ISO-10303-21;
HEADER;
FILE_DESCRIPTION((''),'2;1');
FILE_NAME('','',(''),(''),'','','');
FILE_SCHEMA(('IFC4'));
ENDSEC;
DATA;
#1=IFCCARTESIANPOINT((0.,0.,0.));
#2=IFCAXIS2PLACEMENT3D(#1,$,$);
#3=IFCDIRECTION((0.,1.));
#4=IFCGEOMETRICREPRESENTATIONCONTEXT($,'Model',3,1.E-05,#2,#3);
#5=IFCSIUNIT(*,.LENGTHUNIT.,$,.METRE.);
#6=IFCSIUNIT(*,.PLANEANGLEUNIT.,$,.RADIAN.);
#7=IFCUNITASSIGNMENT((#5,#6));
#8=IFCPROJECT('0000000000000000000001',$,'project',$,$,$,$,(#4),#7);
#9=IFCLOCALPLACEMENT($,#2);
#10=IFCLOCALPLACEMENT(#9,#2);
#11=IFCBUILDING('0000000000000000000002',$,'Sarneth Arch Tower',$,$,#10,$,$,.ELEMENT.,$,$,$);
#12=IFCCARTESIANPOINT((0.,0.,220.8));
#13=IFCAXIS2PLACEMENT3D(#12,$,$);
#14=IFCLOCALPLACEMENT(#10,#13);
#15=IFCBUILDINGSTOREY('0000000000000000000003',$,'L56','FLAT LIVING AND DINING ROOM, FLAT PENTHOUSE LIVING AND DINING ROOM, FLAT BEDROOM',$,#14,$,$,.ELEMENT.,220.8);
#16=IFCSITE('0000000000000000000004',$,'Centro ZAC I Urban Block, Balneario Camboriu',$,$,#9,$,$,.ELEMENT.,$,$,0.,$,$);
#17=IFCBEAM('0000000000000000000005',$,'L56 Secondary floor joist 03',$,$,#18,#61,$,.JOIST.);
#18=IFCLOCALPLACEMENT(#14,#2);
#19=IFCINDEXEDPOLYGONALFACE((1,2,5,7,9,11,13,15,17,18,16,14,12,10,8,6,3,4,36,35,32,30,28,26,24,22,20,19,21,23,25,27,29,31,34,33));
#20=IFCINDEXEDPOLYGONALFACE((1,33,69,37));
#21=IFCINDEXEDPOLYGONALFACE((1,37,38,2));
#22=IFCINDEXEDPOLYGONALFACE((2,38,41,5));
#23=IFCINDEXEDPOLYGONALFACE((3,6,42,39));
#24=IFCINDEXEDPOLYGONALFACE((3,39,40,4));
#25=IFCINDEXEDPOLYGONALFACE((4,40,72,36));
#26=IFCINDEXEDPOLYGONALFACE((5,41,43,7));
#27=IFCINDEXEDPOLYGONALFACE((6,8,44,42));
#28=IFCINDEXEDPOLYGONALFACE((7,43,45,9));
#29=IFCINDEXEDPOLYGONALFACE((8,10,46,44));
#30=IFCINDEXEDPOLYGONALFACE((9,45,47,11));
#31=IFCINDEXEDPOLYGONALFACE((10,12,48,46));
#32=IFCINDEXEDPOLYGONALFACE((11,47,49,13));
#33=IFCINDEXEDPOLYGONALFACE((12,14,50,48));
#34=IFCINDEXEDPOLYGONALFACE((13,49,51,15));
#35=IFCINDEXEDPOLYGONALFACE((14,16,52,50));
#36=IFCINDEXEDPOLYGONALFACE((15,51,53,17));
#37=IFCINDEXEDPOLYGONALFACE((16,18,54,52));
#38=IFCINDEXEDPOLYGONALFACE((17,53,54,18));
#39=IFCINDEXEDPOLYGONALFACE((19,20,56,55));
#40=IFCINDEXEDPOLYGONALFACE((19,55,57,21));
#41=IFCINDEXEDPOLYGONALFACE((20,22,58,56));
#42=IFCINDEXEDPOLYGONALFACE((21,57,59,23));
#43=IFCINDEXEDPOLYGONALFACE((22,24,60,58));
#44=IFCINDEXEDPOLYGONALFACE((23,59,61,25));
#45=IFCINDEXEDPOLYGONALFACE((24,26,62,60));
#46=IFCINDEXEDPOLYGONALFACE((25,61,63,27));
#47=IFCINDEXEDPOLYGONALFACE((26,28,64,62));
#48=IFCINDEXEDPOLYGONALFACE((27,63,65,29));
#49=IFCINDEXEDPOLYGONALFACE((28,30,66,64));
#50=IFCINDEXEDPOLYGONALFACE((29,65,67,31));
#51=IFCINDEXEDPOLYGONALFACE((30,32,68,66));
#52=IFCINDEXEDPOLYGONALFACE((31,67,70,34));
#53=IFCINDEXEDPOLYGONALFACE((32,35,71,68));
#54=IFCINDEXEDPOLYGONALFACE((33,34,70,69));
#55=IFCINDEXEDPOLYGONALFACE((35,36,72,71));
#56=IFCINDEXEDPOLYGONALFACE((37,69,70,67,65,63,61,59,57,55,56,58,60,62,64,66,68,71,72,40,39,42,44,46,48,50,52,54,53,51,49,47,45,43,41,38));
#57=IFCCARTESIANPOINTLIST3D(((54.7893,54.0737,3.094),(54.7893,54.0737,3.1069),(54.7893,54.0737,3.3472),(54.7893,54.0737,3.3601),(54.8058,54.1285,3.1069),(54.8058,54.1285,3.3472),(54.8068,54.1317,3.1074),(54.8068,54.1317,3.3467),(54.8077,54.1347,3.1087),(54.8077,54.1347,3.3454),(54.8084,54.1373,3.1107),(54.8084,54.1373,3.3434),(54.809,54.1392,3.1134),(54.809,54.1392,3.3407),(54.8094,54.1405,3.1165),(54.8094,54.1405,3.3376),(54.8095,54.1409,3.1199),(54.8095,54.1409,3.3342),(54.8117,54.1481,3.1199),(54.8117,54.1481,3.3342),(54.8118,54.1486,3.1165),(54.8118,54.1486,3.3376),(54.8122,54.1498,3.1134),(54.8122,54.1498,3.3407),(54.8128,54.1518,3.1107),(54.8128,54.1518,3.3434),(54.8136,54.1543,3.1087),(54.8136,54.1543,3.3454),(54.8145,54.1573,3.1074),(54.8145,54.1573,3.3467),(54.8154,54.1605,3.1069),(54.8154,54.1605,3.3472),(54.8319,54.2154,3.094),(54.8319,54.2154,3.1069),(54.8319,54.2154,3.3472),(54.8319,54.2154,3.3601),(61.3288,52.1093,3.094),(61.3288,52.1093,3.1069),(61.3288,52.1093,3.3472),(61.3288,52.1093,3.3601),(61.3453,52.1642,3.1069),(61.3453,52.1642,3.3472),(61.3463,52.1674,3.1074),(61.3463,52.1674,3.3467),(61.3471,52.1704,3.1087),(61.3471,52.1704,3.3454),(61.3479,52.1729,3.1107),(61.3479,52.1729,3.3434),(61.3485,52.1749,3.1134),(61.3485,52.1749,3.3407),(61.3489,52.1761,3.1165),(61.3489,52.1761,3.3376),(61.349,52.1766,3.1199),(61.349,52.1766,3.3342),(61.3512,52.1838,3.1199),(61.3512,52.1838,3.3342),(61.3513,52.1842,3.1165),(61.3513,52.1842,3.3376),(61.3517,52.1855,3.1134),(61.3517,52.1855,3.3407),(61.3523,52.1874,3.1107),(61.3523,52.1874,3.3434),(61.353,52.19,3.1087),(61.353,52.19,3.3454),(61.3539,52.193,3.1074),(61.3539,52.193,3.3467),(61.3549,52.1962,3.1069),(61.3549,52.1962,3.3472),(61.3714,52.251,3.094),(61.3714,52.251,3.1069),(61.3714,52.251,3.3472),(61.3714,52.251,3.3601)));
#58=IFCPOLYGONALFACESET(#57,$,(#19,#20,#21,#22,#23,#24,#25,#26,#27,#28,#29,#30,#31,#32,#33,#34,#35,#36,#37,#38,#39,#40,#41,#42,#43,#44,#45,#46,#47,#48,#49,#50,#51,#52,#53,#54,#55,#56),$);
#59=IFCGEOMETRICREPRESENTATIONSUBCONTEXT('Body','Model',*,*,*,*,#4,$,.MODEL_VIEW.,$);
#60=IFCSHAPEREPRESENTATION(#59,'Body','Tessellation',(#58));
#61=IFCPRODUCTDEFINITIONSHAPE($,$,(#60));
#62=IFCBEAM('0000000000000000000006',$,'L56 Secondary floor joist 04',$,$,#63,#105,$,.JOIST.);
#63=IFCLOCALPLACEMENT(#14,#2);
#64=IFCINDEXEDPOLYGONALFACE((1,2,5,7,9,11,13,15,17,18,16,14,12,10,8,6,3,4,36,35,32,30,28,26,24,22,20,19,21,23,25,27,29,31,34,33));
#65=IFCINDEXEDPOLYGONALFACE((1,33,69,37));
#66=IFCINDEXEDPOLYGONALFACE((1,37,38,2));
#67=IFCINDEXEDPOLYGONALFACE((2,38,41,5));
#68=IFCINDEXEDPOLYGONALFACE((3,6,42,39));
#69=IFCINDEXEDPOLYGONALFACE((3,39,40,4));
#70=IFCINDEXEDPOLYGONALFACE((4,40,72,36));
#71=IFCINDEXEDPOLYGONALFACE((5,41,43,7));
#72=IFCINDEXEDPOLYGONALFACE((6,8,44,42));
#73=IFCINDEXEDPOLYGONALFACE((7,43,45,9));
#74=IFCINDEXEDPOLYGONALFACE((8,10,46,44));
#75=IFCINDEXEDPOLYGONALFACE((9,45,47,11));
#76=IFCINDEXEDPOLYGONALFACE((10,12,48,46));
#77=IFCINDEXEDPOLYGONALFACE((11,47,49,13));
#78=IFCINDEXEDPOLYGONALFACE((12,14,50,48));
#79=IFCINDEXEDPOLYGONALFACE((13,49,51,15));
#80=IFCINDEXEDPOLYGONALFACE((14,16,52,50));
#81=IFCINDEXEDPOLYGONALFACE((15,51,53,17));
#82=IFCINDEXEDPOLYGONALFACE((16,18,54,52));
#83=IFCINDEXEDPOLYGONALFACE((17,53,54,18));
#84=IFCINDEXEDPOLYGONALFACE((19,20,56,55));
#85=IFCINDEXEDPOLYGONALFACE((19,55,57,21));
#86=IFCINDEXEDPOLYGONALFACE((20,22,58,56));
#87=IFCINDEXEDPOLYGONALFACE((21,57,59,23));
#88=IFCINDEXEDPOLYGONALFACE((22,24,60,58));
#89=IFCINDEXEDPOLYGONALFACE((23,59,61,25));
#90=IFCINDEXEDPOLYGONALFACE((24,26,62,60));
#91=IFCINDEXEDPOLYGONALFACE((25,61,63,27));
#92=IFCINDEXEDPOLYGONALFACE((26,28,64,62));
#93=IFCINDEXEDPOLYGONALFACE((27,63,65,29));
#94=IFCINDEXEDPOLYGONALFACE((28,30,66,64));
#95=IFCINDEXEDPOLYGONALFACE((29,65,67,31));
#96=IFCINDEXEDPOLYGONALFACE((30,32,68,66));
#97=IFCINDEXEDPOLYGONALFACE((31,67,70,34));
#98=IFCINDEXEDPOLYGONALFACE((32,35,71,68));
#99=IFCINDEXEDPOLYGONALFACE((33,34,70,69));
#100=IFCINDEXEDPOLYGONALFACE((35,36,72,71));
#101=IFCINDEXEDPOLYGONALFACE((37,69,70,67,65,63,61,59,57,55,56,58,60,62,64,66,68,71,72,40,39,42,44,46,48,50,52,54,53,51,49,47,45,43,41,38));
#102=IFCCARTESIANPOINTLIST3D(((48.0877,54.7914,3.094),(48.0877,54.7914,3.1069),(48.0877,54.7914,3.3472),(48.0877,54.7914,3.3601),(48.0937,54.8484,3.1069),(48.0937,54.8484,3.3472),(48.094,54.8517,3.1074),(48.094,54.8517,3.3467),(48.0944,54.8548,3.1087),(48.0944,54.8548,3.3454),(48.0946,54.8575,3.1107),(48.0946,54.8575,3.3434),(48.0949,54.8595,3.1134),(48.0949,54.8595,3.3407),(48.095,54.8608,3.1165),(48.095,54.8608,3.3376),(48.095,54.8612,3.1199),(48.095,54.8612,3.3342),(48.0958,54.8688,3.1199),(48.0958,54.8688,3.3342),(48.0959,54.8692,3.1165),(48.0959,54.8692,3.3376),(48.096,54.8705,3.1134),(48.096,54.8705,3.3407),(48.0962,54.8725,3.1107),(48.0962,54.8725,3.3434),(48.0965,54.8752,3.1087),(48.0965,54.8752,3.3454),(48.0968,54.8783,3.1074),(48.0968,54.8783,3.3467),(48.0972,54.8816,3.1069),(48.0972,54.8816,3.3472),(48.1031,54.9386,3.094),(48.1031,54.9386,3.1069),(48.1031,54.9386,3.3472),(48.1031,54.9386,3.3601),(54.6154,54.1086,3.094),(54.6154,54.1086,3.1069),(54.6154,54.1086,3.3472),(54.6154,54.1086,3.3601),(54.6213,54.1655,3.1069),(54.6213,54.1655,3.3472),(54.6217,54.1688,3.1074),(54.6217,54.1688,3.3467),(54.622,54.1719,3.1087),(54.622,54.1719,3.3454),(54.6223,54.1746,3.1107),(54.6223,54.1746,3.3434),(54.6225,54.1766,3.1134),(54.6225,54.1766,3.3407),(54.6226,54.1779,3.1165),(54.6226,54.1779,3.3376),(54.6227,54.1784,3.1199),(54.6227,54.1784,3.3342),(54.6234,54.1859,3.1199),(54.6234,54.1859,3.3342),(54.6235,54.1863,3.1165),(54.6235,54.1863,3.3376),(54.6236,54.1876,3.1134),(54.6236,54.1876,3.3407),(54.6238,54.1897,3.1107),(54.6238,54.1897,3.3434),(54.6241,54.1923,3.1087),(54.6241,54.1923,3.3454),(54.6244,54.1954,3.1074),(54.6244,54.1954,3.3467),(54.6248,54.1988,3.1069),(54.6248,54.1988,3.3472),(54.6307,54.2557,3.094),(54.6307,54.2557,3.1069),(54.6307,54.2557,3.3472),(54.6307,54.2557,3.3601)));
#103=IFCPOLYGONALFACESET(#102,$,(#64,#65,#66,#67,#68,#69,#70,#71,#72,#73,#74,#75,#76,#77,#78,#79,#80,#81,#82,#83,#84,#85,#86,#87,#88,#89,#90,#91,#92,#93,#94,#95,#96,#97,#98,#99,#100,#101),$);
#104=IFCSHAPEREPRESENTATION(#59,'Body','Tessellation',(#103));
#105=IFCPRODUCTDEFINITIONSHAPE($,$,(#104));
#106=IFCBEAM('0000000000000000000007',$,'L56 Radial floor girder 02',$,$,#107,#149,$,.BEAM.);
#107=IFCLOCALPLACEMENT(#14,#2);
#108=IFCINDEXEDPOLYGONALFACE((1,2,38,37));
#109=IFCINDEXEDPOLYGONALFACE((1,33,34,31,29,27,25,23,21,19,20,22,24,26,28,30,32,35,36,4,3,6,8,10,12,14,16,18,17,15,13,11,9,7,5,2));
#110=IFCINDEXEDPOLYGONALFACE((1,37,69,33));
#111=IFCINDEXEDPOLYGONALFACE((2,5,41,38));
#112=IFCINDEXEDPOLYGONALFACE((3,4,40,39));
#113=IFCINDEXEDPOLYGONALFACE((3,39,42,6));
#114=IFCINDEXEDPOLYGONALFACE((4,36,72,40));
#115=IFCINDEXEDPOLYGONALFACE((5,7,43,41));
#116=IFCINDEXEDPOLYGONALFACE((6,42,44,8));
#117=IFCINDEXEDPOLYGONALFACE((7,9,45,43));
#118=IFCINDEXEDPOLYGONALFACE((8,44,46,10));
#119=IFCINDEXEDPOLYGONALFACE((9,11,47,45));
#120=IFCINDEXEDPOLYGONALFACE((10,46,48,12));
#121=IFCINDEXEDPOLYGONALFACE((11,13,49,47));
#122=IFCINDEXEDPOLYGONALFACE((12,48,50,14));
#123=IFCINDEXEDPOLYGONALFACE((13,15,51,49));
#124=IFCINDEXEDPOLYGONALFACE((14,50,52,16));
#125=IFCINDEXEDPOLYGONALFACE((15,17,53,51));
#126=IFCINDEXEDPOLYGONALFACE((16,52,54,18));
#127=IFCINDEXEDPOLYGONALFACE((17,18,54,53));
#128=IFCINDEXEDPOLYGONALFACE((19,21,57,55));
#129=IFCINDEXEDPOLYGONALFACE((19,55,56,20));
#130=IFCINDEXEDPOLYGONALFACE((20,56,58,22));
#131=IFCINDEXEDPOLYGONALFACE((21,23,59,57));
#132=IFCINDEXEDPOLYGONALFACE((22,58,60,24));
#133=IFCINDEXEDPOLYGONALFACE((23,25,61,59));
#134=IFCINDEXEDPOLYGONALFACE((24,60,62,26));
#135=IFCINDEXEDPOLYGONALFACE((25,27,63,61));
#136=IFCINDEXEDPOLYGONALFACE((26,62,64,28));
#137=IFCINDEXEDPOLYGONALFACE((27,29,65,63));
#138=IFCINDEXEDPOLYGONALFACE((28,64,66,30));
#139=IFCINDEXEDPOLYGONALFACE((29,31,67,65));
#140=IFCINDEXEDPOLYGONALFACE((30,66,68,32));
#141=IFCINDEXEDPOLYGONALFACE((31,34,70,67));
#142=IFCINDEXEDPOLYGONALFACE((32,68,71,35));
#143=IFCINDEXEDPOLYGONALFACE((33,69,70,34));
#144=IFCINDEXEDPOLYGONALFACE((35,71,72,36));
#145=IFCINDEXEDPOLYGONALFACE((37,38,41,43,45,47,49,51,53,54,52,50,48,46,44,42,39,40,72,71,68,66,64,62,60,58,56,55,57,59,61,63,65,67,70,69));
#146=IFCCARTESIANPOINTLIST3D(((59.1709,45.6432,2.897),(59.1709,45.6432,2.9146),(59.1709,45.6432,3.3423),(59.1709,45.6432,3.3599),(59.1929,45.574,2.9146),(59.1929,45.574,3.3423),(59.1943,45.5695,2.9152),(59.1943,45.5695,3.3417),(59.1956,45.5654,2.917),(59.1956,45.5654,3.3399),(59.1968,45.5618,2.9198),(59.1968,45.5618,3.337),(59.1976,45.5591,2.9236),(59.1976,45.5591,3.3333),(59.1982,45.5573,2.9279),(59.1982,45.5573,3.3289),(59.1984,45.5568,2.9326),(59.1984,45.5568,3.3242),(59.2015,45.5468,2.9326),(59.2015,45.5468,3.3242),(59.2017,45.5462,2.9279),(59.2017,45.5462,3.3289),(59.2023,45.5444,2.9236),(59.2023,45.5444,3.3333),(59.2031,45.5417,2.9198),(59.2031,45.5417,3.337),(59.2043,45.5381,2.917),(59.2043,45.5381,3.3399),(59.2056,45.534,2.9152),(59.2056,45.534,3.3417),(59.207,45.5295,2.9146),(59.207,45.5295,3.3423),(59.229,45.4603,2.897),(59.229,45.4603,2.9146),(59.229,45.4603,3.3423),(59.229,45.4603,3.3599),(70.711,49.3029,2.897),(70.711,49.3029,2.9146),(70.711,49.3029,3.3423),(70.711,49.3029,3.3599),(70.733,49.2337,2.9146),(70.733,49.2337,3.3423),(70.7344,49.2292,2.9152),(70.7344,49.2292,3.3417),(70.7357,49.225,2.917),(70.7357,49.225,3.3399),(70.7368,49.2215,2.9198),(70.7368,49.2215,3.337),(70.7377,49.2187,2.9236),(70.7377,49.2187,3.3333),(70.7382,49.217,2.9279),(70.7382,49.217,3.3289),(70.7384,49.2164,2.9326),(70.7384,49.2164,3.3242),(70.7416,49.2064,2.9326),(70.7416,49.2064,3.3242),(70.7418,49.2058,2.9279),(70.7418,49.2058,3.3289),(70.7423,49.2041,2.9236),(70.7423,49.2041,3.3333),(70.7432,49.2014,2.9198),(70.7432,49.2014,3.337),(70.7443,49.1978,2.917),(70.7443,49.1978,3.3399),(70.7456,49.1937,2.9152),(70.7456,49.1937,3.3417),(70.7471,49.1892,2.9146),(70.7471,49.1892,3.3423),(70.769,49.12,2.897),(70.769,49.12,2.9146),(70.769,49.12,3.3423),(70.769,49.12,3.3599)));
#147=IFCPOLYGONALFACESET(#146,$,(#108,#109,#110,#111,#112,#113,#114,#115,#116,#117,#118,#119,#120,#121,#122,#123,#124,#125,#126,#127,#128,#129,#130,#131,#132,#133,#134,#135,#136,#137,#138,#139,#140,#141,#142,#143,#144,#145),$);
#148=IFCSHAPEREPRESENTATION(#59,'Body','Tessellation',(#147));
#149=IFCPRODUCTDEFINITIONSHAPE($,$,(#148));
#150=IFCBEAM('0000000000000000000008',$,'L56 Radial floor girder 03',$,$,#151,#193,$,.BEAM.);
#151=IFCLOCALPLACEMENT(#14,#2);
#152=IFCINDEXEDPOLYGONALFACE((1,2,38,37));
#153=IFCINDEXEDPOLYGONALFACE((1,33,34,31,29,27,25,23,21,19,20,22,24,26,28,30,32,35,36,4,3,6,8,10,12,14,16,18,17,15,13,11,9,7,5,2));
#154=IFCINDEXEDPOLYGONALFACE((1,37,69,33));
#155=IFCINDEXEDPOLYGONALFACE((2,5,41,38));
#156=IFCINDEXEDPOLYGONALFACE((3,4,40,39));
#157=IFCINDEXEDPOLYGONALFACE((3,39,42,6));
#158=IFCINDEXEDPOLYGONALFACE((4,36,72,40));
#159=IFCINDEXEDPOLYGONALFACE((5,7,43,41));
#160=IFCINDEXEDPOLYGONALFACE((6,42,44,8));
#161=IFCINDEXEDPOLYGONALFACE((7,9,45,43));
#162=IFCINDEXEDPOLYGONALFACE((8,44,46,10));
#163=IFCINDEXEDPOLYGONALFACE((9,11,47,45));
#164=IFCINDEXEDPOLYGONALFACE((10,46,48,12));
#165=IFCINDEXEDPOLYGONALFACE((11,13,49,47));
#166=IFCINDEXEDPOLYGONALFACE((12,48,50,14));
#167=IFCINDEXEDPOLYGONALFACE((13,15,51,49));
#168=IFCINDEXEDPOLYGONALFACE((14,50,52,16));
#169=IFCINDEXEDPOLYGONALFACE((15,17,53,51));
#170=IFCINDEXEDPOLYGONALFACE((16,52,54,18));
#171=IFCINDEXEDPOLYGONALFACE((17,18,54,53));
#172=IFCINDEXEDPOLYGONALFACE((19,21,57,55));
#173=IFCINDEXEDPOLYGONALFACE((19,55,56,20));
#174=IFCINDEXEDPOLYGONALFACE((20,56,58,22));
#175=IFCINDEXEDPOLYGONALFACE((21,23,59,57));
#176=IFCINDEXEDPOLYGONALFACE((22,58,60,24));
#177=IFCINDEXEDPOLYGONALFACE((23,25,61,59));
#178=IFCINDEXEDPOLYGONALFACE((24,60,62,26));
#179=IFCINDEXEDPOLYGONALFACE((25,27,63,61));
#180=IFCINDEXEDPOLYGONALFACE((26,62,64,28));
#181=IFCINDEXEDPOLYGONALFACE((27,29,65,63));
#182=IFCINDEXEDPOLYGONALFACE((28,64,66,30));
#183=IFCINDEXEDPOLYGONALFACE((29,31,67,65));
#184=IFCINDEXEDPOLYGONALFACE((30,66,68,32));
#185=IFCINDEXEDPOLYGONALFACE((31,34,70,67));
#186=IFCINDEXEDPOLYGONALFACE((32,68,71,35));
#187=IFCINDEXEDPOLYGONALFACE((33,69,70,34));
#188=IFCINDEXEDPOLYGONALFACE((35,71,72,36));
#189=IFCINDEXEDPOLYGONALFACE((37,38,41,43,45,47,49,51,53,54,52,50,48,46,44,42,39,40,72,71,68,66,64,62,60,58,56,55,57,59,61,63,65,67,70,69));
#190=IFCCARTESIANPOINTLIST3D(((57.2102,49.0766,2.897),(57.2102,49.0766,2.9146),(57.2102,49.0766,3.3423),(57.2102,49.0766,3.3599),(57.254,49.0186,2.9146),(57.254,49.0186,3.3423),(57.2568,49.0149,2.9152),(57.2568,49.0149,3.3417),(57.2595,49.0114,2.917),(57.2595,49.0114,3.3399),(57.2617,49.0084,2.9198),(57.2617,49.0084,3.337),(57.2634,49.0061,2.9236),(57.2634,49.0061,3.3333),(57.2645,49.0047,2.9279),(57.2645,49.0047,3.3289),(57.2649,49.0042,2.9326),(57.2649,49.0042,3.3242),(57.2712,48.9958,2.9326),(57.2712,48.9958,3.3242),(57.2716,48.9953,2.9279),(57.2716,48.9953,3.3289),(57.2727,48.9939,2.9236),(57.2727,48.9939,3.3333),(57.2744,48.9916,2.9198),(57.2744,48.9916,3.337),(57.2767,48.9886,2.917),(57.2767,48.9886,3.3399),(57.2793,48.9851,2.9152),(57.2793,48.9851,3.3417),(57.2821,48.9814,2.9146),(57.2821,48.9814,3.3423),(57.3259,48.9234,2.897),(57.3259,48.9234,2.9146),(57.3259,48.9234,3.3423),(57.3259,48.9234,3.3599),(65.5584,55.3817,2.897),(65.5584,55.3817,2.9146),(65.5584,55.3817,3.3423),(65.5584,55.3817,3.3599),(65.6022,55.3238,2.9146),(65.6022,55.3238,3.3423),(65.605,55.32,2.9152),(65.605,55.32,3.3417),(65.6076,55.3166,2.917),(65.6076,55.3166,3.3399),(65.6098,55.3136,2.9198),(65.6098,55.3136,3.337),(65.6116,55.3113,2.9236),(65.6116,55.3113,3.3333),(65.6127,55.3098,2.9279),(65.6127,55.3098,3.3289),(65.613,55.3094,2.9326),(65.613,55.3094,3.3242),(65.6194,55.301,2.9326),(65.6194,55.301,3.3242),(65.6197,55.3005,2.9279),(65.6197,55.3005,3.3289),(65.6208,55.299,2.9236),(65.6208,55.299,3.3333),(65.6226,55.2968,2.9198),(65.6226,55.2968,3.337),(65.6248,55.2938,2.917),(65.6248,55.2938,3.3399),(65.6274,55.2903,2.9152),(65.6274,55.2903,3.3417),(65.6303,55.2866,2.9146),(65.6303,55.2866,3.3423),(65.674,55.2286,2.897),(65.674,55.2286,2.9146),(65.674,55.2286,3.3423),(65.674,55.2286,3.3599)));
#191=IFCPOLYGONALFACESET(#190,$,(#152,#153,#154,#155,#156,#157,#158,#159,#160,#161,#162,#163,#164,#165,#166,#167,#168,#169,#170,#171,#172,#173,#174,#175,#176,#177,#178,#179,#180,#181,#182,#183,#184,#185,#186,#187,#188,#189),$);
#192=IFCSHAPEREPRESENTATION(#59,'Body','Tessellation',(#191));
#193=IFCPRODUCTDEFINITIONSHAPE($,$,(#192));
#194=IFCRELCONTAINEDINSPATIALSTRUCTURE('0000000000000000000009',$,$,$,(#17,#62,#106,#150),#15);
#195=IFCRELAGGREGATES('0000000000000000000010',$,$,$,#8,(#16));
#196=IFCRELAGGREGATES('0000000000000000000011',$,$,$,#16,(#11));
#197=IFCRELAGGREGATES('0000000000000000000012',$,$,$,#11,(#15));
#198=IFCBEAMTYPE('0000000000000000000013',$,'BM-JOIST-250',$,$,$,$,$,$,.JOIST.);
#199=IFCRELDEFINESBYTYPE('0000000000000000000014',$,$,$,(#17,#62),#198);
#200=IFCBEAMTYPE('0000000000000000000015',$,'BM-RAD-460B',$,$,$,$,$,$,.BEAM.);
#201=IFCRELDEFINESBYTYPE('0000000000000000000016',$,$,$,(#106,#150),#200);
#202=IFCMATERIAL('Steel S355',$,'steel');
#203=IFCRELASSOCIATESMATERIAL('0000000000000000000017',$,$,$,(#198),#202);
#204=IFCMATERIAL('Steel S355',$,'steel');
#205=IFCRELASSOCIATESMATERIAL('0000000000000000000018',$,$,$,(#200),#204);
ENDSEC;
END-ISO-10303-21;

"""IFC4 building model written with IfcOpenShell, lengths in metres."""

from ifc_helpers import new_model, si_unit, direction, frame, origin, origin_2d, place, context, subcontext, project, spatial, i_section, extrude, material, material_profile, profile_set, type_object, element, save


model = new_model("IFC4")

# Units and contexts
model_context = context("Model", 3, precision=1e-05, world=origin(), true_north=direction((0.0, 1.0)))
body_context = subcontext(model_context, "Body", "Model", "MODEL_VIEW")
ifc_project = project(units=[si_unit("LENGTHUNIT", "METRE"), si_unit("PLANEANGLEUNIT", "RADIAN")], contexts=[model_context])

# Site, building, storey
site_placement = place(None, origin())
site = spatial("IfcSite", under=ifc_project, at=site_placement, Name="Centro ZAC I Urban Block, Balneario Camboriu", CompositionType="ELEMENT", RefElevation=0.0)
building_placement = place(site_placement, origin())
building = spatial("IfcBuilding", under=site, at=building_placement, Name="Sarneth Arch Tower", CompositionType="ELEMENT")
storey_placement = place(building_placement, frame((0.0, 0.0, 220.8)))
storey = spatial("IfcBuildingStorey", under=building, at=storey_placement, Name="L56", Description="FLAT LIVING AND DINING ROOM, FLAT PENTHOUSE LIVING AND DINING ROOM, FLAT BEDROOM", CompositionType="ELEMENT", Elevation=220.8)

# Beams
ifc_material_1 = material(Name="Steel S355", Category="steel")
ifc_material_profile_1 = material_profile(ifc_material_1, i_section(OverallWidth=0.1479, OverallDepth=0.2661, WebThickness=0.0076, FlangeThickness=0.0129, FilletRadius=0.0129, at=origin_2d()), Name="W250x44.8")
ifc_profile_set_1 = profile_set([ifc_material_profile_1], Name="Steel S355")
beam_type_1 = type_object("IfcBeamType", Name="BM-JOIST-250", PredefinedType="JOIST", material=ifc_profile_set_1)
beam_1_placement = place(storey_placement, frame((61.3501, 52.1802, 3.2271), z_axis=(-0.957726, 0.287682, 0.0), x_axis=(-0.287682, -0.957726, 0.0)))
element("IfcBeam", 1, at=beam_1_placement, inside=storey, type_object=beam_type_1, Name="L56 Secondary floor joist 03", PredefinedType="JOIST", context=body_context, shape_type="SweptSolid", body=[
    extrude(i_section(OverallWidth=0.1479, OverallDepth=0.2661, WebThickness=0.0076, FlangeThickness=0.0129, FilletRadius=0.0129, at=origin_2d()), origin(), (0.0, 0.0, 1.0), 6.8281),
])
beam_2_placement = place(storey_placement, frame((54.623, 54.1821, 3.2271), z_axis=(-0.994573, 0.104044, 0.0), x_axis=(-0.104044, -0.994573, 0.0)))
element("IfcBeam", 2, at=beam_2_placement, inside=storey, type_object=beam_type_1, Name="L56 Secondary floor joist 04", PredefinedType="JOIST", context=body_context, shape_type="SweptSolid", body=[
    extrude(i_section(OverallWidth=0.1479, OverallDepth=0.2661, WebThickness=0.0076, FlangeThickness=0.0129, FilletRadius=0.0129, at=origin_2d()), origin(), (0.0, 0.0, 1.0), 6.5632),
])
ifc_material_2 = material(Name="Steel S355", Category="steel")
ifc_material_profile_2 = material_profile(ifc_material_2, i_section(OverallWidth=0.1919, OverallDepth=0.4629, WebThickness=0.0105, FlangeThickness=0.0176, FilletRadius=0.0181, at=origin_2d()), Name="W460x89")
ifc_profile_set_2 = profile_set([ifc_material_profile_2], Name="Steel S355")
beam_type_2 = type_object("IfcBeamType", Name="BM-RAD-460B", PredefinedType="BEAM", material=ifc_profile_set_2)
beam_3_placement = place(storey_placement, frame((59.2, 45.5518, 3.1284), z_axis=(0.953216, 0.302291, 0.0), x_axis=(-0.302291, 0.953216, 0.0)))
element("IfcBeam", 3, at=beam_3_placement, inside=storey, type_object=beam_type_2, Name="L56 Radial floor girder 02", PredefinedType="BEAM", context=body_context, shape_type="SweptSolid", body=[
    extrude(i_section(OverallWidth=0.1919, OverallDepth=0.4629, WebThickness=0.0105, FlangeThickness=0.0176, FilletRadius=0.0181, at=origin_2d()), origin(), (0.0, 0.0, 1.0), 12.1064),
])
beam_4_placement = place(storey_placement, frame((57.2681, 49.0, 3.1284), z_axis=(0.797974, 0.602692, 0.0), x_axis=(-0.602692, 0.797974, 0.0)))
element("IfcBeam", 4, at=beam_4_placement, inside=storey, type_object=beam_type_2, Name="L56 Radial floor girder 03", PredefinedType="BEAM", context=body_context, shape_type="SweptSolid", body=[
    extrude(i_section(OverallWidth=0.1919, OverallDepth=0.4629, WebThickness=0.0105, FlangeThickness=0.0176, FilletRadius=0.0181, at=origin_2d()), origin(), (0.0, 0.0, 1.0), 10.4617),
])

save(model, "model.ifc")
